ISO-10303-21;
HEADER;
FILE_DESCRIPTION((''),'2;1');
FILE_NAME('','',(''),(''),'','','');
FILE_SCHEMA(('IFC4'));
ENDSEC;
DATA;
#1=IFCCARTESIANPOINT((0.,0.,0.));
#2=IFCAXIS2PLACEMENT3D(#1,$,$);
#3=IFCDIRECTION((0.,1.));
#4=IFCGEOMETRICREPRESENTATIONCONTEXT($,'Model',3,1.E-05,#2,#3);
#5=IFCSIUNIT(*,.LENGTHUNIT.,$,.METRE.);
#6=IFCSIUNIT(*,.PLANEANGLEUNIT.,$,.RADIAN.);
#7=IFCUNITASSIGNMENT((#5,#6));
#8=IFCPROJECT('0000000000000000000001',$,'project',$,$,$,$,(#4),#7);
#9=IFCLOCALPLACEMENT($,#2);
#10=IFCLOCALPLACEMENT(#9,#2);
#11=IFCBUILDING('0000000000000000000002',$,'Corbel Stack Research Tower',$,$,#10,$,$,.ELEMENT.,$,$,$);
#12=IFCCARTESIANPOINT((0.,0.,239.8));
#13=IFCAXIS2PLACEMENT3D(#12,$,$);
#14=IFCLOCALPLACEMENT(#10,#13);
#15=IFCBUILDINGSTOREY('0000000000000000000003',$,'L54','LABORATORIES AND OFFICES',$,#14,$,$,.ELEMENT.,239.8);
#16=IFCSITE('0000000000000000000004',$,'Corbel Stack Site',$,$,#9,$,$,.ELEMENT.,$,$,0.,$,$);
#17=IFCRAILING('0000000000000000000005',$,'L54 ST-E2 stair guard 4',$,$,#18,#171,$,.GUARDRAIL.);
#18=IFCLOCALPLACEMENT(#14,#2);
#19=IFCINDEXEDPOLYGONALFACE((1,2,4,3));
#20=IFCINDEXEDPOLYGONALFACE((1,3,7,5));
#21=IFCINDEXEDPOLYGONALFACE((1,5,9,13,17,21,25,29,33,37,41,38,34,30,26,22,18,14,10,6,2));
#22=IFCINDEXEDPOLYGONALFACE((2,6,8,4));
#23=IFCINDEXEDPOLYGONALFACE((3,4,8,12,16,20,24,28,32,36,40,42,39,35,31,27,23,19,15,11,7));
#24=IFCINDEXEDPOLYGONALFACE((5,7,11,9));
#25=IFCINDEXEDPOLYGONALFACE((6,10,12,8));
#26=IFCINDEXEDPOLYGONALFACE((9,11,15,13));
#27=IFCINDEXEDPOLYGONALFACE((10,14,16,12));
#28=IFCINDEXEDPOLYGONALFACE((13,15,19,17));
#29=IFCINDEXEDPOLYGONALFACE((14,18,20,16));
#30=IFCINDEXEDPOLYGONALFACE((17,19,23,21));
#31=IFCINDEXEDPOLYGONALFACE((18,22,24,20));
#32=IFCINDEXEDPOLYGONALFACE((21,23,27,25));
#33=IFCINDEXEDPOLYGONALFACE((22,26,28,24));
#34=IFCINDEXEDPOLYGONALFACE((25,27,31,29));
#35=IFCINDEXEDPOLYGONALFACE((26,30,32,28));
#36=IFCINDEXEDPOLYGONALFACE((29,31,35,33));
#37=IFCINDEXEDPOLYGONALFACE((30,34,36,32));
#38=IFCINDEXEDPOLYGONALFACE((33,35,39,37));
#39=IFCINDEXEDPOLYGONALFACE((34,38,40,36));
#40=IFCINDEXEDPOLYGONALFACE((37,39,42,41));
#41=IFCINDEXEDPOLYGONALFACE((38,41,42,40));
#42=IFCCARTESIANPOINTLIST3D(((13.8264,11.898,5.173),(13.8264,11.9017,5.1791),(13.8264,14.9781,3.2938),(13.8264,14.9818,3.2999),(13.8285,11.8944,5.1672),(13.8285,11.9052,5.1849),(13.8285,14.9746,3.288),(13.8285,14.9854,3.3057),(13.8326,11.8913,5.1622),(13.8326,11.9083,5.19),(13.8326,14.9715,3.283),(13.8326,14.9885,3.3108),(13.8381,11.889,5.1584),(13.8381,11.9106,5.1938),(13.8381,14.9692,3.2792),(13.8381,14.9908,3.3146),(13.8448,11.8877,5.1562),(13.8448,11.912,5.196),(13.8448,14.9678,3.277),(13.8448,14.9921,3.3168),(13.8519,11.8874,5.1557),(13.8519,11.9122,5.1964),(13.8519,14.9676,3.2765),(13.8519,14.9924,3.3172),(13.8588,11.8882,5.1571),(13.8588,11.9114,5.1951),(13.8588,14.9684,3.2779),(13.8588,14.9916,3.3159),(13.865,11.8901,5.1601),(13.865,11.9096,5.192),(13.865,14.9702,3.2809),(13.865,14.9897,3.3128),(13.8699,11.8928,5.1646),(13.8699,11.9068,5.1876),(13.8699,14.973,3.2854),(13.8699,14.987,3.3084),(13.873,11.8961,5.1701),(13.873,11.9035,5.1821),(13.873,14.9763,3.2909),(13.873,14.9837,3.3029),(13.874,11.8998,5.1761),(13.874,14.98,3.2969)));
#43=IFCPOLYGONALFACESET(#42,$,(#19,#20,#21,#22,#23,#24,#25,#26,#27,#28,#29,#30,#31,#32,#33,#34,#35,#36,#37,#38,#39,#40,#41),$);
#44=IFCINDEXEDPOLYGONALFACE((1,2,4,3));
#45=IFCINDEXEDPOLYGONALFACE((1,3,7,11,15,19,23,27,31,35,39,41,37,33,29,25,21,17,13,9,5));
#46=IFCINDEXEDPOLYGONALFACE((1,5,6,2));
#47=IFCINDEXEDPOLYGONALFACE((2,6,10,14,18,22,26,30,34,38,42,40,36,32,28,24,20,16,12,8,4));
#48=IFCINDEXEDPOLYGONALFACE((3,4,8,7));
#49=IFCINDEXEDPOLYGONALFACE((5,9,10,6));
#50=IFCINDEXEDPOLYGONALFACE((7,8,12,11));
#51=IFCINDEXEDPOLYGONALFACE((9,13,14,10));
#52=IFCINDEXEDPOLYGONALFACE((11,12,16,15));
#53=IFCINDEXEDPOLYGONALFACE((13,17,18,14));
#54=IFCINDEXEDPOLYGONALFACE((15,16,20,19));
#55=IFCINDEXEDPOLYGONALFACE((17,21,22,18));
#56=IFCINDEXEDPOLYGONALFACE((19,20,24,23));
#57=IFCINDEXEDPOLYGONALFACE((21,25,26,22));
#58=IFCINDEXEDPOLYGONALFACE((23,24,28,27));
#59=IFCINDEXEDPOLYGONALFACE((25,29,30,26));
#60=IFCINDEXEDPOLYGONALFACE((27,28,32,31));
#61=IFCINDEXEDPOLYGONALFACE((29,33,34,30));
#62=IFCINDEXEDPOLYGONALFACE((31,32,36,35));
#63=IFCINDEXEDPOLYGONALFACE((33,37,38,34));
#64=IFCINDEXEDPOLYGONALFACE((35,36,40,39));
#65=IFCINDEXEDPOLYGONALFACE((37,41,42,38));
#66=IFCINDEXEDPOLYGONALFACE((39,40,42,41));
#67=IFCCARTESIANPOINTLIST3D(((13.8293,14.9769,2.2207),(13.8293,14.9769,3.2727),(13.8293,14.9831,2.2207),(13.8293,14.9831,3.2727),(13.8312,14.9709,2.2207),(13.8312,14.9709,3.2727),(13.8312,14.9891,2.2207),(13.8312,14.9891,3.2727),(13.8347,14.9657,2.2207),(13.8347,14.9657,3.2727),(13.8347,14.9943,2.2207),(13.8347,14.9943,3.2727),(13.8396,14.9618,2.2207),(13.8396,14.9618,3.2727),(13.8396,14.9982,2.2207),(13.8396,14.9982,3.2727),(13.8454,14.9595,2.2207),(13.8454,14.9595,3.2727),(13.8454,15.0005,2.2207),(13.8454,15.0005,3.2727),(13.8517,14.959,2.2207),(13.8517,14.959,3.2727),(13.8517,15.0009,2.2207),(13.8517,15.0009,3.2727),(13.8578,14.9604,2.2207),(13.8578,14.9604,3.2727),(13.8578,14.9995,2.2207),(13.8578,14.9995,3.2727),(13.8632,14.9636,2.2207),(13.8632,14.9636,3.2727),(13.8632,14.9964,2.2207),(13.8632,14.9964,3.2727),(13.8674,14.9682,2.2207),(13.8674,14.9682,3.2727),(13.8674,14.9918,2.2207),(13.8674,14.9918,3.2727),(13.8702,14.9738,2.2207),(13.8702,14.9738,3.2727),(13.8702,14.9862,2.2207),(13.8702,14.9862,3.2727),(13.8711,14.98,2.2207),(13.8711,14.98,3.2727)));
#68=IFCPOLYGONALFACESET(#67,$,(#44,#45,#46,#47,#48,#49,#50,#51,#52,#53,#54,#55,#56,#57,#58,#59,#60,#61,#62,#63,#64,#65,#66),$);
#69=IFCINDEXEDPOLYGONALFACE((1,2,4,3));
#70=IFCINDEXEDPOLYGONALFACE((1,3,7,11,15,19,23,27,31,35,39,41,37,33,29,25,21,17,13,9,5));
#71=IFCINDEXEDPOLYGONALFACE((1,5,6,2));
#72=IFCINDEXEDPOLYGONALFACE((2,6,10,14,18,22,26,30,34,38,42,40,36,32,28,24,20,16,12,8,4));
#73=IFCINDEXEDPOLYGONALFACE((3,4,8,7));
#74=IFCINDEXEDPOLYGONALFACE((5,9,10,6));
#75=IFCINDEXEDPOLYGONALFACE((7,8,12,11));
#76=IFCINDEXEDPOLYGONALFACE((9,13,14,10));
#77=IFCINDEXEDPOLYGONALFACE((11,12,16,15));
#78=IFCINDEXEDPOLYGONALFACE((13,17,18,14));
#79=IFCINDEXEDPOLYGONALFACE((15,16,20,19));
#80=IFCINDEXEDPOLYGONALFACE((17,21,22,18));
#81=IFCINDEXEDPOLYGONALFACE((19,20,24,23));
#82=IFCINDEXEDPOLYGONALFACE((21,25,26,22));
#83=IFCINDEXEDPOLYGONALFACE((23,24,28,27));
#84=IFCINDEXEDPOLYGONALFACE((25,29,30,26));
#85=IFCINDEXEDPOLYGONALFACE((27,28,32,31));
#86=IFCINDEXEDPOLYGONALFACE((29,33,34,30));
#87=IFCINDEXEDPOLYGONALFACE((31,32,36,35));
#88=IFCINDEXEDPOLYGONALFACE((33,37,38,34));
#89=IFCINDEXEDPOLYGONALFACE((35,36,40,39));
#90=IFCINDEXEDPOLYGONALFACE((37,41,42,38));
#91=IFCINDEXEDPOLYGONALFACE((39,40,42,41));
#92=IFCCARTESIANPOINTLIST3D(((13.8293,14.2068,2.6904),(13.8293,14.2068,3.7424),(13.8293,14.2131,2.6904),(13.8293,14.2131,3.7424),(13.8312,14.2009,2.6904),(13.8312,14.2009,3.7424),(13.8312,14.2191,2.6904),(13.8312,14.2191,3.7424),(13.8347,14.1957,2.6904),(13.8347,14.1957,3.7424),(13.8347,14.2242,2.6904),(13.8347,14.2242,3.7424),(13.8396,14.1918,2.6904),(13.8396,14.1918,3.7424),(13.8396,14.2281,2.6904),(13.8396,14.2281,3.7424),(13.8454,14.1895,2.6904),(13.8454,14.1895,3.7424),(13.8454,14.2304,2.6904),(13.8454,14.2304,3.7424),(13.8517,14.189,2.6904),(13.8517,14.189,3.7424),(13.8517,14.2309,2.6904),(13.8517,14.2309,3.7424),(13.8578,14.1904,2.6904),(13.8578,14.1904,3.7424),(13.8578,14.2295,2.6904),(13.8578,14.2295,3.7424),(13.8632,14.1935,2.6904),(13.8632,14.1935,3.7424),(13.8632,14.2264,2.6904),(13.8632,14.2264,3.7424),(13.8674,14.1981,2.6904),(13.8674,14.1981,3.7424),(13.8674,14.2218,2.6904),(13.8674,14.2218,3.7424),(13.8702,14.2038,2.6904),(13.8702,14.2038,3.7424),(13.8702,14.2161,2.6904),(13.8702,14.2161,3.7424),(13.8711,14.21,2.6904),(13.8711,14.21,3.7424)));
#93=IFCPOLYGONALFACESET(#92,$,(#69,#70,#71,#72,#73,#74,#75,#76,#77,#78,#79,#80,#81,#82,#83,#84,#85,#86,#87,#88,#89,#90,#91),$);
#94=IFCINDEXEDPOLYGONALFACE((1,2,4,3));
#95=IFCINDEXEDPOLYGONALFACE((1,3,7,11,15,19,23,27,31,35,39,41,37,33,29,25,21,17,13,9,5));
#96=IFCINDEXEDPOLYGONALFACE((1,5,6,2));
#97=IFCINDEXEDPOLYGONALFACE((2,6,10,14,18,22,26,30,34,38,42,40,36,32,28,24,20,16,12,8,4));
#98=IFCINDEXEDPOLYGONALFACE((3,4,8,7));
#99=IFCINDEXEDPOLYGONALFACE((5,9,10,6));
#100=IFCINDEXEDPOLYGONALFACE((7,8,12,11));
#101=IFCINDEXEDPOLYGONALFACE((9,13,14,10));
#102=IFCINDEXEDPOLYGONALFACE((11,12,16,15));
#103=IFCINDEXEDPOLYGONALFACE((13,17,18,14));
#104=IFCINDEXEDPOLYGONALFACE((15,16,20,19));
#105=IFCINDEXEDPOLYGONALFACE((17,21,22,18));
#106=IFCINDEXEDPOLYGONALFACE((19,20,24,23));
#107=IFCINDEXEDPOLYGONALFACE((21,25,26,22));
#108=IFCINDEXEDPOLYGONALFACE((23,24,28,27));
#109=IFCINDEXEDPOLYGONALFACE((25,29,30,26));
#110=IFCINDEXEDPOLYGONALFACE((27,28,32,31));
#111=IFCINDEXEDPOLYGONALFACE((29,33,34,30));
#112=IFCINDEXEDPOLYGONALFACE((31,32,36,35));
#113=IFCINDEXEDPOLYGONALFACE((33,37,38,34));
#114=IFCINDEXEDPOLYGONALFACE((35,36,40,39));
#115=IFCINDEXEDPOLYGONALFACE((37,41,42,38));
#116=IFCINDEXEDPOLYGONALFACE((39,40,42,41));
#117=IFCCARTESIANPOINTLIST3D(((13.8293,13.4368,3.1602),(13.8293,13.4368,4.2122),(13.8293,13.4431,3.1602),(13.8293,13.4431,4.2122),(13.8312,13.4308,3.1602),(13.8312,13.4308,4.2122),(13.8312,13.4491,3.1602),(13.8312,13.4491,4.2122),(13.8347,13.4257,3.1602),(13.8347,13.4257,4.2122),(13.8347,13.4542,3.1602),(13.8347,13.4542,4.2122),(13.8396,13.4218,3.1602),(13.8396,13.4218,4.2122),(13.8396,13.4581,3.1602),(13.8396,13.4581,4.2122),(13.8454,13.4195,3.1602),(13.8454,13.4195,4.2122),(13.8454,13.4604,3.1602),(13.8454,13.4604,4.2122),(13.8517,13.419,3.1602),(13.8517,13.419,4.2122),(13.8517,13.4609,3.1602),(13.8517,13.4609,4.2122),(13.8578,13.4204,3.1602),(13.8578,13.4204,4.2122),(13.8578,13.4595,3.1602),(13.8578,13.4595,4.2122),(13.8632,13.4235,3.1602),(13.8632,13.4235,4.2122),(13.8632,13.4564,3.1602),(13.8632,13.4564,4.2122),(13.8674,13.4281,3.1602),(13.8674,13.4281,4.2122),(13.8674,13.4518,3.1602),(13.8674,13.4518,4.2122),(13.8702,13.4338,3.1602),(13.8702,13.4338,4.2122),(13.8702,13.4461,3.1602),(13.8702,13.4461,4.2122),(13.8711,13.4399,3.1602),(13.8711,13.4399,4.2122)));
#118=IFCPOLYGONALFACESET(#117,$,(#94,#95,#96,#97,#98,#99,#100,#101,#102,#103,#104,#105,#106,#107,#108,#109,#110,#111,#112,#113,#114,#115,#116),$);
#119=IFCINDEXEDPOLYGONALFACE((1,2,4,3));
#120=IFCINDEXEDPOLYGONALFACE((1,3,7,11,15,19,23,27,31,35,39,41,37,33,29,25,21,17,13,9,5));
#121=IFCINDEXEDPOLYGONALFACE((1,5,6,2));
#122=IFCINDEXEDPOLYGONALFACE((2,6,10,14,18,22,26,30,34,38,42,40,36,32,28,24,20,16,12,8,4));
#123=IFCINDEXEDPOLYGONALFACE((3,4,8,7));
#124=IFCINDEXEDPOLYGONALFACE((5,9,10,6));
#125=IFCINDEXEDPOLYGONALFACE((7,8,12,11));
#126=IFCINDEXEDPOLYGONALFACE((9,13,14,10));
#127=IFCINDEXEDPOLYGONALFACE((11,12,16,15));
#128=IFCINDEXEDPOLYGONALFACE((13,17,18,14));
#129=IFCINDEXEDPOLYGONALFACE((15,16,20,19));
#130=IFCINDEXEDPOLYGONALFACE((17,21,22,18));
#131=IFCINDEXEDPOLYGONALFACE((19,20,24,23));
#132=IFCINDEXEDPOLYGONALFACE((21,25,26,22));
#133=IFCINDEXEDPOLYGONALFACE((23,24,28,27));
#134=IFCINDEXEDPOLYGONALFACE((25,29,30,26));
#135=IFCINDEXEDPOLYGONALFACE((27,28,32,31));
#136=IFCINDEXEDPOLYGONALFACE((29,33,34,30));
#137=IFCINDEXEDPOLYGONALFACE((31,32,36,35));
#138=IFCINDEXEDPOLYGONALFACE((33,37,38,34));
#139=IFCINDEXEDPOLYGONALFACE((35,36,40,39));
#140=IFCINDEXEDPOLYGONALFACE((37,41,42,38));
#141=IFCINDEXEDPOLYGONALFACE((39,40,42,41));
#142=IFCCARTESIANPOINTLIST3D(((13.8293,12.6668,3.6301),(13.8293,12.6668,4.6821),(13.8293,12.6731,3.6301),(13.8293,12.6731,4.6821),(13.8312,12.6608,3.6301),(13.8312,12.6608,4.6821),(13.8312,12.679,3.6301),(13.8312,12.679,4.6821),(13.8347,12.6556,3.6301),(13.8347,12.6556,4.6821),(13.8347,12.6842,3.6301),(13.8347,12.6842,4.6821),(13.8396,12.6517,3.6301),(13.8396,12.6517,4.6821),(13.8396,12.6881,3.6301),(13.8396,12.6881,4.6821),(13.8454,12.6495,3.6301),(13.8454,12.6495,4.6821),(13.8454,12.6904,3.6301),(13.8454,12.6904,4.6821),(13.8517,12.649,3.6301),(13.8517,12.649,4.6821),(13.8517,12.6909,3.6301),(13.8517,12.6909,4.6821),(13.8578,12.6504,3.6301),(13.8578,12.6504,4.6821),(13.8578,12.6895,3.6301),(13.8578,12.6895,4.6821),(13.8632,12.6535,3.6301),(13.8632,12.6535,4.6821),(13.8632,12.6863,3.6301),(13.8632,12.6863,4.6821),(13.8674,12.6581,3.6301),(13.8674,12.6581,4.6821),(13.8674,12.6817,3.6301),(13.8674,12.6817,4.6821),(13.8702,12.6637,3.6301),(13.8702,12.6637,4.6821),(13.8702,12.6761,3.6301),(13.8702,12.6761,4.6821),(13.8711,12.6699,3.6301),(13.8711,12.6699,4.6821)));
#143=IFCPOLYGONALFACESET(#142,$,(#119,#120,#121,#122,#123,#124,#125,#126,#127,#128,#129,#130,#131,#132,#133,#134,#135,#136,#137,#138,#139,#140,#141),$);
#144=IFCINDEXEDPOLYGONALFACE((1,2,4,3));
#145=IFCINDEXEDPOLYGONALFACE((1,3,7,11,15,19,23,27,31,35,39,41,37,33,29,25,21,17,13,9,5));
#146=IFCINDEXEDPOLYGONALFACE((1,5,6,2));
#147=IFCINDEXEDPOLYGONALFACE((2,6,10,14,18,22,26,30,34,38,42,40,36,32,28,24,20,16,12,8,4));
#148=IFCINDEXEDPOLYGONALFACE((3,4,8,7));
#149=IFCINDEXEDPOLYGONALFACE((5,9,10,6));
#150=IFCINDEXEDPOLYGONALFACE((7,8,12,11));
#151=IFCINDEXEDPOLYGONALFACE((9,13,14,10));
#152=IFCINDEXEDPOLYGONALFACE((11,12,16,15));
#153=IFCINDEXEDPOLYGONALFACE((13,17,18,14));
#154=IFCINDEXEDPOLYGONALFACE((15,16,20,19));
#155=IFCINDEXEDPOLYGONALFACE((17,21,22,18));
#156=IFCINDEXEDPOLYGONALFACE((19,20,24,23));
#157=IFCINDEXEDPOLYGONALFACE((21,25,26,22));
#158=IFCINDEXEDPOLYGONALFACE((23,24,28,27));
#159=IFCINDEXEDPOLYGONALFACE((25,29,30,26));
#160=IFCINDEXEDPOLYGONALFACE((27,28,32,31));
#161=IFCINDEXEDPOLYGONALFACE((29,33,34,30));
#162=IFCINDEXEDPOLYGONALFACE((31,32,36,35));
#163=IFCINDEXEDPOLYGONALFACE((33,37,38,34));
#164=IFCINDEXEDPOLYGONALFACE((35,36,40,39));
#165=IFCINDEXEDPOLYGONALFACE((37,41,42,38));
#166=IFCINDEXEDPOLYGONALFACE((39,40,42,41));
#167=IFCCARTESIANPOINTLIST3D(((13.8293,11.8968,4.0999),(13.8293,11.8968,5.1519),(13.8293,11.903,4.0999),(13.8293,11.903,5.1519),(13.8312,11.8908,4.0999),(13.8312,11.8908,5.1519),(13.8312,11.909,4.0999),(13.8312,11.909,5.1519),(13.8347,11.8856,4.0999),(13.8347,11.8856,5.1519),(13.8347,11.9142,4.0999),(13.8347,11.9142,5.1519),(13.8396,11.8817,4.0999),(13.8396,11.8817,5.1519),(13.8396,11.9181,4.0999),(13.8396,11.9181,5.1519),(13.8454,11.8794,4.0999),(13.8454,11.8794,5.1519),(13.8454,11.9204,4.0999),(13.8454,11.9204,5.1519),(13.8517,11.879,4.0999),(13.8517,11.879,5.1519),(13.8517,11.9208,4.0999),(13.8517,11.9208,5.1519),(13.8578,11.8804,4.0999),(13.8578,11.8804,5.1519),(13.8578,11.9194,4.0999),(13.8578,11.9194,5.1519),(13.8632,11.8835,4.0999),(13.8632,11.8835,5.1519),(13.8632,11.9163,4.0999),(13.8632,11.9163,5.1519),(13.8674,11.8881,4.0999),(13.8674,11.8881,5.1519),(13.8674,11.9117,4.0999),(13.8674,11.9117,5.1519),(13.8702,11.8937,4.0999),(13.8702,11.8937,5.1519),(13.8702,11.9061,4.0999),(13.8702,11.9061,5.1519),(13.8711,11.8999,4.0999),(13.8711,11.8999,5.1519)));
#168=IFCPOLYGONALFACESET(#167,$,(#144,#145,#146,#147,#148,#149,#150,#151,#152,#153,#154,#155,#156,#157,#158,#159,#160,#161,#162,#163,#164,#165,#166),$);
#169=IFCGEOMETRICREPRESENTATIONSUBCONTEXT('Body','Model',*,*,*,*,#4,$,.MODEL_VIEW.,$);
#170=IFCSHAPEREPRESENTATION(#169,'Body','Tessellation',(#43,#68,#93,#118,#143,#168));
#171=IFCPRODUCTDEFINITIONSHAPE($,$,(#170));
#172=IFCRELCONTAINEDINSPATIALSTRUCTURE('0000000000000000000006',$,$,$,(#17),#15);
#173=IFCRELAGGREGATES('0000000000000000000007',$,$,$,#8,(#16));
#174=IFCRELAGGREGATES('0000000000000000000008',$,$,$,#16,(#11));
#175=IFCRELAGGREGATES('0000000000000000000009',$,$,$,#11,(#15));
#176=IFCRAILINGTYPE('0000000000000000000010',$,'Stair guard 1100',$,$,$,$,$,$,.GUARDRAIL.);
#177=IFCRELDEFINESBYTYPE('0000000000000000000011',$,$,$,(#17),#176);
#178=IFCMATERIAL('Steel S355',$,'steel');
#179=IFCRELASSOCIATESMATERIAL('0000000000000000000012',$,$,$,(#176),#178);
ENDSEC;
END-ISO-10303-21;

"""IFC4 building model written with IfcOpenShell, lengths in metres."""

from ifc_helpers import new_model, si_unit, direction, frame, origin, origin_2d, place, context, subcontext, project, spatial, circle, extrude, material, type_object, element, save


model = new_model("IFC4")

# Units and contexts
model_context = context("Model", 3, precision=1e-05, world=origin(), true_north=direction((0.0, 1.0)))
body_context = subcontext(model_context, "Body", "Model", "MODEL_VIEW")
ifc_project = project(units=[si_unit("LENGTHUNIT", "METRE"), si_unit("PLANEANGLEUNIT", "RADIAN")], contexts=[model_context])

# Site, building, storey
site_placement = place(None, origin())
site = spatial("IfcSite", under=ifc_project, at=site_placement, Name="Corbel Stack Site", CompositionType="ELEMENT", RefElevation=0.0)
building_placement = place(site_placement, origin())
building = spatial("IfcBuilding", under=site, at=building_placement, Name="Corbel Stack Research Tower", CompositionType="ELEMENT")
storey_placement = place(building_placement, frame((0.0, 0.0, 239.8)))
storey = spatial("IfcBuildingStorey", under=building, at=storey_placement, Name="L54", Description="LABORATORIES AND OFFICES", CompositionType="ELEMENT", Elevation=239.8)

# Railing
ifc_material_1 = material(Name="Steel S355", Category="steel")
railing_type_1 = type_object("IfcRailingType", Name="Stair guard 1100", PredefinedType="GUARDRAIL", material=ifc_material_1)
railing_1_placement = place(storey_placement, frame((13.8501, 14.98, 2.2207)))
element("IfcRailing", 1, at=railing_1_placement, inside=storey, type_object=railing_type_1, Name="L54 ST-E2 stair guard 4", PredefinedType="GUARDRAIL", context=body_context, shape_type="SweptSolid", body=[
    extrude(circle(Radius=0.0239, at=origin_2d()), frame((0.0, 0.0, 1.0762), z_axis=(0.0, -0.853666, 0.52082), x_axis=(1.0, 0.0, 0.0)), (0.0, 0.0, 1.0), 3.6082),
    extrude(circle(Radius=0.021, at=origin_2d()), origin(), (0.0, 0.0, 1.0), 1.052),
    extrude(circle(Radius=0.021, at=origin_2d()), frame((0.0, -0.77, 0.4697)), (0.0, 0.0, 1.0), 1.052),
    extrude(circle(Radius=0.021, at=origin_2d()), frame((0.0, -1.54, 0.9395)), (0.0, 0.0, 1.0), 1.052),
    extrude(circle(Radius=0.021, at=origin_2d()), frame((0.0, -2.3101, 1.4094)), (0.0, 0.0, 1.0), 1.052),
    extrude(circle(Radius=0.021, at=origin_2d()), frame((0.0, -3.0801, 1.8792)), (0.0, 0.0, 1.0), 1.052),
])

save(model, "model.ifc")
